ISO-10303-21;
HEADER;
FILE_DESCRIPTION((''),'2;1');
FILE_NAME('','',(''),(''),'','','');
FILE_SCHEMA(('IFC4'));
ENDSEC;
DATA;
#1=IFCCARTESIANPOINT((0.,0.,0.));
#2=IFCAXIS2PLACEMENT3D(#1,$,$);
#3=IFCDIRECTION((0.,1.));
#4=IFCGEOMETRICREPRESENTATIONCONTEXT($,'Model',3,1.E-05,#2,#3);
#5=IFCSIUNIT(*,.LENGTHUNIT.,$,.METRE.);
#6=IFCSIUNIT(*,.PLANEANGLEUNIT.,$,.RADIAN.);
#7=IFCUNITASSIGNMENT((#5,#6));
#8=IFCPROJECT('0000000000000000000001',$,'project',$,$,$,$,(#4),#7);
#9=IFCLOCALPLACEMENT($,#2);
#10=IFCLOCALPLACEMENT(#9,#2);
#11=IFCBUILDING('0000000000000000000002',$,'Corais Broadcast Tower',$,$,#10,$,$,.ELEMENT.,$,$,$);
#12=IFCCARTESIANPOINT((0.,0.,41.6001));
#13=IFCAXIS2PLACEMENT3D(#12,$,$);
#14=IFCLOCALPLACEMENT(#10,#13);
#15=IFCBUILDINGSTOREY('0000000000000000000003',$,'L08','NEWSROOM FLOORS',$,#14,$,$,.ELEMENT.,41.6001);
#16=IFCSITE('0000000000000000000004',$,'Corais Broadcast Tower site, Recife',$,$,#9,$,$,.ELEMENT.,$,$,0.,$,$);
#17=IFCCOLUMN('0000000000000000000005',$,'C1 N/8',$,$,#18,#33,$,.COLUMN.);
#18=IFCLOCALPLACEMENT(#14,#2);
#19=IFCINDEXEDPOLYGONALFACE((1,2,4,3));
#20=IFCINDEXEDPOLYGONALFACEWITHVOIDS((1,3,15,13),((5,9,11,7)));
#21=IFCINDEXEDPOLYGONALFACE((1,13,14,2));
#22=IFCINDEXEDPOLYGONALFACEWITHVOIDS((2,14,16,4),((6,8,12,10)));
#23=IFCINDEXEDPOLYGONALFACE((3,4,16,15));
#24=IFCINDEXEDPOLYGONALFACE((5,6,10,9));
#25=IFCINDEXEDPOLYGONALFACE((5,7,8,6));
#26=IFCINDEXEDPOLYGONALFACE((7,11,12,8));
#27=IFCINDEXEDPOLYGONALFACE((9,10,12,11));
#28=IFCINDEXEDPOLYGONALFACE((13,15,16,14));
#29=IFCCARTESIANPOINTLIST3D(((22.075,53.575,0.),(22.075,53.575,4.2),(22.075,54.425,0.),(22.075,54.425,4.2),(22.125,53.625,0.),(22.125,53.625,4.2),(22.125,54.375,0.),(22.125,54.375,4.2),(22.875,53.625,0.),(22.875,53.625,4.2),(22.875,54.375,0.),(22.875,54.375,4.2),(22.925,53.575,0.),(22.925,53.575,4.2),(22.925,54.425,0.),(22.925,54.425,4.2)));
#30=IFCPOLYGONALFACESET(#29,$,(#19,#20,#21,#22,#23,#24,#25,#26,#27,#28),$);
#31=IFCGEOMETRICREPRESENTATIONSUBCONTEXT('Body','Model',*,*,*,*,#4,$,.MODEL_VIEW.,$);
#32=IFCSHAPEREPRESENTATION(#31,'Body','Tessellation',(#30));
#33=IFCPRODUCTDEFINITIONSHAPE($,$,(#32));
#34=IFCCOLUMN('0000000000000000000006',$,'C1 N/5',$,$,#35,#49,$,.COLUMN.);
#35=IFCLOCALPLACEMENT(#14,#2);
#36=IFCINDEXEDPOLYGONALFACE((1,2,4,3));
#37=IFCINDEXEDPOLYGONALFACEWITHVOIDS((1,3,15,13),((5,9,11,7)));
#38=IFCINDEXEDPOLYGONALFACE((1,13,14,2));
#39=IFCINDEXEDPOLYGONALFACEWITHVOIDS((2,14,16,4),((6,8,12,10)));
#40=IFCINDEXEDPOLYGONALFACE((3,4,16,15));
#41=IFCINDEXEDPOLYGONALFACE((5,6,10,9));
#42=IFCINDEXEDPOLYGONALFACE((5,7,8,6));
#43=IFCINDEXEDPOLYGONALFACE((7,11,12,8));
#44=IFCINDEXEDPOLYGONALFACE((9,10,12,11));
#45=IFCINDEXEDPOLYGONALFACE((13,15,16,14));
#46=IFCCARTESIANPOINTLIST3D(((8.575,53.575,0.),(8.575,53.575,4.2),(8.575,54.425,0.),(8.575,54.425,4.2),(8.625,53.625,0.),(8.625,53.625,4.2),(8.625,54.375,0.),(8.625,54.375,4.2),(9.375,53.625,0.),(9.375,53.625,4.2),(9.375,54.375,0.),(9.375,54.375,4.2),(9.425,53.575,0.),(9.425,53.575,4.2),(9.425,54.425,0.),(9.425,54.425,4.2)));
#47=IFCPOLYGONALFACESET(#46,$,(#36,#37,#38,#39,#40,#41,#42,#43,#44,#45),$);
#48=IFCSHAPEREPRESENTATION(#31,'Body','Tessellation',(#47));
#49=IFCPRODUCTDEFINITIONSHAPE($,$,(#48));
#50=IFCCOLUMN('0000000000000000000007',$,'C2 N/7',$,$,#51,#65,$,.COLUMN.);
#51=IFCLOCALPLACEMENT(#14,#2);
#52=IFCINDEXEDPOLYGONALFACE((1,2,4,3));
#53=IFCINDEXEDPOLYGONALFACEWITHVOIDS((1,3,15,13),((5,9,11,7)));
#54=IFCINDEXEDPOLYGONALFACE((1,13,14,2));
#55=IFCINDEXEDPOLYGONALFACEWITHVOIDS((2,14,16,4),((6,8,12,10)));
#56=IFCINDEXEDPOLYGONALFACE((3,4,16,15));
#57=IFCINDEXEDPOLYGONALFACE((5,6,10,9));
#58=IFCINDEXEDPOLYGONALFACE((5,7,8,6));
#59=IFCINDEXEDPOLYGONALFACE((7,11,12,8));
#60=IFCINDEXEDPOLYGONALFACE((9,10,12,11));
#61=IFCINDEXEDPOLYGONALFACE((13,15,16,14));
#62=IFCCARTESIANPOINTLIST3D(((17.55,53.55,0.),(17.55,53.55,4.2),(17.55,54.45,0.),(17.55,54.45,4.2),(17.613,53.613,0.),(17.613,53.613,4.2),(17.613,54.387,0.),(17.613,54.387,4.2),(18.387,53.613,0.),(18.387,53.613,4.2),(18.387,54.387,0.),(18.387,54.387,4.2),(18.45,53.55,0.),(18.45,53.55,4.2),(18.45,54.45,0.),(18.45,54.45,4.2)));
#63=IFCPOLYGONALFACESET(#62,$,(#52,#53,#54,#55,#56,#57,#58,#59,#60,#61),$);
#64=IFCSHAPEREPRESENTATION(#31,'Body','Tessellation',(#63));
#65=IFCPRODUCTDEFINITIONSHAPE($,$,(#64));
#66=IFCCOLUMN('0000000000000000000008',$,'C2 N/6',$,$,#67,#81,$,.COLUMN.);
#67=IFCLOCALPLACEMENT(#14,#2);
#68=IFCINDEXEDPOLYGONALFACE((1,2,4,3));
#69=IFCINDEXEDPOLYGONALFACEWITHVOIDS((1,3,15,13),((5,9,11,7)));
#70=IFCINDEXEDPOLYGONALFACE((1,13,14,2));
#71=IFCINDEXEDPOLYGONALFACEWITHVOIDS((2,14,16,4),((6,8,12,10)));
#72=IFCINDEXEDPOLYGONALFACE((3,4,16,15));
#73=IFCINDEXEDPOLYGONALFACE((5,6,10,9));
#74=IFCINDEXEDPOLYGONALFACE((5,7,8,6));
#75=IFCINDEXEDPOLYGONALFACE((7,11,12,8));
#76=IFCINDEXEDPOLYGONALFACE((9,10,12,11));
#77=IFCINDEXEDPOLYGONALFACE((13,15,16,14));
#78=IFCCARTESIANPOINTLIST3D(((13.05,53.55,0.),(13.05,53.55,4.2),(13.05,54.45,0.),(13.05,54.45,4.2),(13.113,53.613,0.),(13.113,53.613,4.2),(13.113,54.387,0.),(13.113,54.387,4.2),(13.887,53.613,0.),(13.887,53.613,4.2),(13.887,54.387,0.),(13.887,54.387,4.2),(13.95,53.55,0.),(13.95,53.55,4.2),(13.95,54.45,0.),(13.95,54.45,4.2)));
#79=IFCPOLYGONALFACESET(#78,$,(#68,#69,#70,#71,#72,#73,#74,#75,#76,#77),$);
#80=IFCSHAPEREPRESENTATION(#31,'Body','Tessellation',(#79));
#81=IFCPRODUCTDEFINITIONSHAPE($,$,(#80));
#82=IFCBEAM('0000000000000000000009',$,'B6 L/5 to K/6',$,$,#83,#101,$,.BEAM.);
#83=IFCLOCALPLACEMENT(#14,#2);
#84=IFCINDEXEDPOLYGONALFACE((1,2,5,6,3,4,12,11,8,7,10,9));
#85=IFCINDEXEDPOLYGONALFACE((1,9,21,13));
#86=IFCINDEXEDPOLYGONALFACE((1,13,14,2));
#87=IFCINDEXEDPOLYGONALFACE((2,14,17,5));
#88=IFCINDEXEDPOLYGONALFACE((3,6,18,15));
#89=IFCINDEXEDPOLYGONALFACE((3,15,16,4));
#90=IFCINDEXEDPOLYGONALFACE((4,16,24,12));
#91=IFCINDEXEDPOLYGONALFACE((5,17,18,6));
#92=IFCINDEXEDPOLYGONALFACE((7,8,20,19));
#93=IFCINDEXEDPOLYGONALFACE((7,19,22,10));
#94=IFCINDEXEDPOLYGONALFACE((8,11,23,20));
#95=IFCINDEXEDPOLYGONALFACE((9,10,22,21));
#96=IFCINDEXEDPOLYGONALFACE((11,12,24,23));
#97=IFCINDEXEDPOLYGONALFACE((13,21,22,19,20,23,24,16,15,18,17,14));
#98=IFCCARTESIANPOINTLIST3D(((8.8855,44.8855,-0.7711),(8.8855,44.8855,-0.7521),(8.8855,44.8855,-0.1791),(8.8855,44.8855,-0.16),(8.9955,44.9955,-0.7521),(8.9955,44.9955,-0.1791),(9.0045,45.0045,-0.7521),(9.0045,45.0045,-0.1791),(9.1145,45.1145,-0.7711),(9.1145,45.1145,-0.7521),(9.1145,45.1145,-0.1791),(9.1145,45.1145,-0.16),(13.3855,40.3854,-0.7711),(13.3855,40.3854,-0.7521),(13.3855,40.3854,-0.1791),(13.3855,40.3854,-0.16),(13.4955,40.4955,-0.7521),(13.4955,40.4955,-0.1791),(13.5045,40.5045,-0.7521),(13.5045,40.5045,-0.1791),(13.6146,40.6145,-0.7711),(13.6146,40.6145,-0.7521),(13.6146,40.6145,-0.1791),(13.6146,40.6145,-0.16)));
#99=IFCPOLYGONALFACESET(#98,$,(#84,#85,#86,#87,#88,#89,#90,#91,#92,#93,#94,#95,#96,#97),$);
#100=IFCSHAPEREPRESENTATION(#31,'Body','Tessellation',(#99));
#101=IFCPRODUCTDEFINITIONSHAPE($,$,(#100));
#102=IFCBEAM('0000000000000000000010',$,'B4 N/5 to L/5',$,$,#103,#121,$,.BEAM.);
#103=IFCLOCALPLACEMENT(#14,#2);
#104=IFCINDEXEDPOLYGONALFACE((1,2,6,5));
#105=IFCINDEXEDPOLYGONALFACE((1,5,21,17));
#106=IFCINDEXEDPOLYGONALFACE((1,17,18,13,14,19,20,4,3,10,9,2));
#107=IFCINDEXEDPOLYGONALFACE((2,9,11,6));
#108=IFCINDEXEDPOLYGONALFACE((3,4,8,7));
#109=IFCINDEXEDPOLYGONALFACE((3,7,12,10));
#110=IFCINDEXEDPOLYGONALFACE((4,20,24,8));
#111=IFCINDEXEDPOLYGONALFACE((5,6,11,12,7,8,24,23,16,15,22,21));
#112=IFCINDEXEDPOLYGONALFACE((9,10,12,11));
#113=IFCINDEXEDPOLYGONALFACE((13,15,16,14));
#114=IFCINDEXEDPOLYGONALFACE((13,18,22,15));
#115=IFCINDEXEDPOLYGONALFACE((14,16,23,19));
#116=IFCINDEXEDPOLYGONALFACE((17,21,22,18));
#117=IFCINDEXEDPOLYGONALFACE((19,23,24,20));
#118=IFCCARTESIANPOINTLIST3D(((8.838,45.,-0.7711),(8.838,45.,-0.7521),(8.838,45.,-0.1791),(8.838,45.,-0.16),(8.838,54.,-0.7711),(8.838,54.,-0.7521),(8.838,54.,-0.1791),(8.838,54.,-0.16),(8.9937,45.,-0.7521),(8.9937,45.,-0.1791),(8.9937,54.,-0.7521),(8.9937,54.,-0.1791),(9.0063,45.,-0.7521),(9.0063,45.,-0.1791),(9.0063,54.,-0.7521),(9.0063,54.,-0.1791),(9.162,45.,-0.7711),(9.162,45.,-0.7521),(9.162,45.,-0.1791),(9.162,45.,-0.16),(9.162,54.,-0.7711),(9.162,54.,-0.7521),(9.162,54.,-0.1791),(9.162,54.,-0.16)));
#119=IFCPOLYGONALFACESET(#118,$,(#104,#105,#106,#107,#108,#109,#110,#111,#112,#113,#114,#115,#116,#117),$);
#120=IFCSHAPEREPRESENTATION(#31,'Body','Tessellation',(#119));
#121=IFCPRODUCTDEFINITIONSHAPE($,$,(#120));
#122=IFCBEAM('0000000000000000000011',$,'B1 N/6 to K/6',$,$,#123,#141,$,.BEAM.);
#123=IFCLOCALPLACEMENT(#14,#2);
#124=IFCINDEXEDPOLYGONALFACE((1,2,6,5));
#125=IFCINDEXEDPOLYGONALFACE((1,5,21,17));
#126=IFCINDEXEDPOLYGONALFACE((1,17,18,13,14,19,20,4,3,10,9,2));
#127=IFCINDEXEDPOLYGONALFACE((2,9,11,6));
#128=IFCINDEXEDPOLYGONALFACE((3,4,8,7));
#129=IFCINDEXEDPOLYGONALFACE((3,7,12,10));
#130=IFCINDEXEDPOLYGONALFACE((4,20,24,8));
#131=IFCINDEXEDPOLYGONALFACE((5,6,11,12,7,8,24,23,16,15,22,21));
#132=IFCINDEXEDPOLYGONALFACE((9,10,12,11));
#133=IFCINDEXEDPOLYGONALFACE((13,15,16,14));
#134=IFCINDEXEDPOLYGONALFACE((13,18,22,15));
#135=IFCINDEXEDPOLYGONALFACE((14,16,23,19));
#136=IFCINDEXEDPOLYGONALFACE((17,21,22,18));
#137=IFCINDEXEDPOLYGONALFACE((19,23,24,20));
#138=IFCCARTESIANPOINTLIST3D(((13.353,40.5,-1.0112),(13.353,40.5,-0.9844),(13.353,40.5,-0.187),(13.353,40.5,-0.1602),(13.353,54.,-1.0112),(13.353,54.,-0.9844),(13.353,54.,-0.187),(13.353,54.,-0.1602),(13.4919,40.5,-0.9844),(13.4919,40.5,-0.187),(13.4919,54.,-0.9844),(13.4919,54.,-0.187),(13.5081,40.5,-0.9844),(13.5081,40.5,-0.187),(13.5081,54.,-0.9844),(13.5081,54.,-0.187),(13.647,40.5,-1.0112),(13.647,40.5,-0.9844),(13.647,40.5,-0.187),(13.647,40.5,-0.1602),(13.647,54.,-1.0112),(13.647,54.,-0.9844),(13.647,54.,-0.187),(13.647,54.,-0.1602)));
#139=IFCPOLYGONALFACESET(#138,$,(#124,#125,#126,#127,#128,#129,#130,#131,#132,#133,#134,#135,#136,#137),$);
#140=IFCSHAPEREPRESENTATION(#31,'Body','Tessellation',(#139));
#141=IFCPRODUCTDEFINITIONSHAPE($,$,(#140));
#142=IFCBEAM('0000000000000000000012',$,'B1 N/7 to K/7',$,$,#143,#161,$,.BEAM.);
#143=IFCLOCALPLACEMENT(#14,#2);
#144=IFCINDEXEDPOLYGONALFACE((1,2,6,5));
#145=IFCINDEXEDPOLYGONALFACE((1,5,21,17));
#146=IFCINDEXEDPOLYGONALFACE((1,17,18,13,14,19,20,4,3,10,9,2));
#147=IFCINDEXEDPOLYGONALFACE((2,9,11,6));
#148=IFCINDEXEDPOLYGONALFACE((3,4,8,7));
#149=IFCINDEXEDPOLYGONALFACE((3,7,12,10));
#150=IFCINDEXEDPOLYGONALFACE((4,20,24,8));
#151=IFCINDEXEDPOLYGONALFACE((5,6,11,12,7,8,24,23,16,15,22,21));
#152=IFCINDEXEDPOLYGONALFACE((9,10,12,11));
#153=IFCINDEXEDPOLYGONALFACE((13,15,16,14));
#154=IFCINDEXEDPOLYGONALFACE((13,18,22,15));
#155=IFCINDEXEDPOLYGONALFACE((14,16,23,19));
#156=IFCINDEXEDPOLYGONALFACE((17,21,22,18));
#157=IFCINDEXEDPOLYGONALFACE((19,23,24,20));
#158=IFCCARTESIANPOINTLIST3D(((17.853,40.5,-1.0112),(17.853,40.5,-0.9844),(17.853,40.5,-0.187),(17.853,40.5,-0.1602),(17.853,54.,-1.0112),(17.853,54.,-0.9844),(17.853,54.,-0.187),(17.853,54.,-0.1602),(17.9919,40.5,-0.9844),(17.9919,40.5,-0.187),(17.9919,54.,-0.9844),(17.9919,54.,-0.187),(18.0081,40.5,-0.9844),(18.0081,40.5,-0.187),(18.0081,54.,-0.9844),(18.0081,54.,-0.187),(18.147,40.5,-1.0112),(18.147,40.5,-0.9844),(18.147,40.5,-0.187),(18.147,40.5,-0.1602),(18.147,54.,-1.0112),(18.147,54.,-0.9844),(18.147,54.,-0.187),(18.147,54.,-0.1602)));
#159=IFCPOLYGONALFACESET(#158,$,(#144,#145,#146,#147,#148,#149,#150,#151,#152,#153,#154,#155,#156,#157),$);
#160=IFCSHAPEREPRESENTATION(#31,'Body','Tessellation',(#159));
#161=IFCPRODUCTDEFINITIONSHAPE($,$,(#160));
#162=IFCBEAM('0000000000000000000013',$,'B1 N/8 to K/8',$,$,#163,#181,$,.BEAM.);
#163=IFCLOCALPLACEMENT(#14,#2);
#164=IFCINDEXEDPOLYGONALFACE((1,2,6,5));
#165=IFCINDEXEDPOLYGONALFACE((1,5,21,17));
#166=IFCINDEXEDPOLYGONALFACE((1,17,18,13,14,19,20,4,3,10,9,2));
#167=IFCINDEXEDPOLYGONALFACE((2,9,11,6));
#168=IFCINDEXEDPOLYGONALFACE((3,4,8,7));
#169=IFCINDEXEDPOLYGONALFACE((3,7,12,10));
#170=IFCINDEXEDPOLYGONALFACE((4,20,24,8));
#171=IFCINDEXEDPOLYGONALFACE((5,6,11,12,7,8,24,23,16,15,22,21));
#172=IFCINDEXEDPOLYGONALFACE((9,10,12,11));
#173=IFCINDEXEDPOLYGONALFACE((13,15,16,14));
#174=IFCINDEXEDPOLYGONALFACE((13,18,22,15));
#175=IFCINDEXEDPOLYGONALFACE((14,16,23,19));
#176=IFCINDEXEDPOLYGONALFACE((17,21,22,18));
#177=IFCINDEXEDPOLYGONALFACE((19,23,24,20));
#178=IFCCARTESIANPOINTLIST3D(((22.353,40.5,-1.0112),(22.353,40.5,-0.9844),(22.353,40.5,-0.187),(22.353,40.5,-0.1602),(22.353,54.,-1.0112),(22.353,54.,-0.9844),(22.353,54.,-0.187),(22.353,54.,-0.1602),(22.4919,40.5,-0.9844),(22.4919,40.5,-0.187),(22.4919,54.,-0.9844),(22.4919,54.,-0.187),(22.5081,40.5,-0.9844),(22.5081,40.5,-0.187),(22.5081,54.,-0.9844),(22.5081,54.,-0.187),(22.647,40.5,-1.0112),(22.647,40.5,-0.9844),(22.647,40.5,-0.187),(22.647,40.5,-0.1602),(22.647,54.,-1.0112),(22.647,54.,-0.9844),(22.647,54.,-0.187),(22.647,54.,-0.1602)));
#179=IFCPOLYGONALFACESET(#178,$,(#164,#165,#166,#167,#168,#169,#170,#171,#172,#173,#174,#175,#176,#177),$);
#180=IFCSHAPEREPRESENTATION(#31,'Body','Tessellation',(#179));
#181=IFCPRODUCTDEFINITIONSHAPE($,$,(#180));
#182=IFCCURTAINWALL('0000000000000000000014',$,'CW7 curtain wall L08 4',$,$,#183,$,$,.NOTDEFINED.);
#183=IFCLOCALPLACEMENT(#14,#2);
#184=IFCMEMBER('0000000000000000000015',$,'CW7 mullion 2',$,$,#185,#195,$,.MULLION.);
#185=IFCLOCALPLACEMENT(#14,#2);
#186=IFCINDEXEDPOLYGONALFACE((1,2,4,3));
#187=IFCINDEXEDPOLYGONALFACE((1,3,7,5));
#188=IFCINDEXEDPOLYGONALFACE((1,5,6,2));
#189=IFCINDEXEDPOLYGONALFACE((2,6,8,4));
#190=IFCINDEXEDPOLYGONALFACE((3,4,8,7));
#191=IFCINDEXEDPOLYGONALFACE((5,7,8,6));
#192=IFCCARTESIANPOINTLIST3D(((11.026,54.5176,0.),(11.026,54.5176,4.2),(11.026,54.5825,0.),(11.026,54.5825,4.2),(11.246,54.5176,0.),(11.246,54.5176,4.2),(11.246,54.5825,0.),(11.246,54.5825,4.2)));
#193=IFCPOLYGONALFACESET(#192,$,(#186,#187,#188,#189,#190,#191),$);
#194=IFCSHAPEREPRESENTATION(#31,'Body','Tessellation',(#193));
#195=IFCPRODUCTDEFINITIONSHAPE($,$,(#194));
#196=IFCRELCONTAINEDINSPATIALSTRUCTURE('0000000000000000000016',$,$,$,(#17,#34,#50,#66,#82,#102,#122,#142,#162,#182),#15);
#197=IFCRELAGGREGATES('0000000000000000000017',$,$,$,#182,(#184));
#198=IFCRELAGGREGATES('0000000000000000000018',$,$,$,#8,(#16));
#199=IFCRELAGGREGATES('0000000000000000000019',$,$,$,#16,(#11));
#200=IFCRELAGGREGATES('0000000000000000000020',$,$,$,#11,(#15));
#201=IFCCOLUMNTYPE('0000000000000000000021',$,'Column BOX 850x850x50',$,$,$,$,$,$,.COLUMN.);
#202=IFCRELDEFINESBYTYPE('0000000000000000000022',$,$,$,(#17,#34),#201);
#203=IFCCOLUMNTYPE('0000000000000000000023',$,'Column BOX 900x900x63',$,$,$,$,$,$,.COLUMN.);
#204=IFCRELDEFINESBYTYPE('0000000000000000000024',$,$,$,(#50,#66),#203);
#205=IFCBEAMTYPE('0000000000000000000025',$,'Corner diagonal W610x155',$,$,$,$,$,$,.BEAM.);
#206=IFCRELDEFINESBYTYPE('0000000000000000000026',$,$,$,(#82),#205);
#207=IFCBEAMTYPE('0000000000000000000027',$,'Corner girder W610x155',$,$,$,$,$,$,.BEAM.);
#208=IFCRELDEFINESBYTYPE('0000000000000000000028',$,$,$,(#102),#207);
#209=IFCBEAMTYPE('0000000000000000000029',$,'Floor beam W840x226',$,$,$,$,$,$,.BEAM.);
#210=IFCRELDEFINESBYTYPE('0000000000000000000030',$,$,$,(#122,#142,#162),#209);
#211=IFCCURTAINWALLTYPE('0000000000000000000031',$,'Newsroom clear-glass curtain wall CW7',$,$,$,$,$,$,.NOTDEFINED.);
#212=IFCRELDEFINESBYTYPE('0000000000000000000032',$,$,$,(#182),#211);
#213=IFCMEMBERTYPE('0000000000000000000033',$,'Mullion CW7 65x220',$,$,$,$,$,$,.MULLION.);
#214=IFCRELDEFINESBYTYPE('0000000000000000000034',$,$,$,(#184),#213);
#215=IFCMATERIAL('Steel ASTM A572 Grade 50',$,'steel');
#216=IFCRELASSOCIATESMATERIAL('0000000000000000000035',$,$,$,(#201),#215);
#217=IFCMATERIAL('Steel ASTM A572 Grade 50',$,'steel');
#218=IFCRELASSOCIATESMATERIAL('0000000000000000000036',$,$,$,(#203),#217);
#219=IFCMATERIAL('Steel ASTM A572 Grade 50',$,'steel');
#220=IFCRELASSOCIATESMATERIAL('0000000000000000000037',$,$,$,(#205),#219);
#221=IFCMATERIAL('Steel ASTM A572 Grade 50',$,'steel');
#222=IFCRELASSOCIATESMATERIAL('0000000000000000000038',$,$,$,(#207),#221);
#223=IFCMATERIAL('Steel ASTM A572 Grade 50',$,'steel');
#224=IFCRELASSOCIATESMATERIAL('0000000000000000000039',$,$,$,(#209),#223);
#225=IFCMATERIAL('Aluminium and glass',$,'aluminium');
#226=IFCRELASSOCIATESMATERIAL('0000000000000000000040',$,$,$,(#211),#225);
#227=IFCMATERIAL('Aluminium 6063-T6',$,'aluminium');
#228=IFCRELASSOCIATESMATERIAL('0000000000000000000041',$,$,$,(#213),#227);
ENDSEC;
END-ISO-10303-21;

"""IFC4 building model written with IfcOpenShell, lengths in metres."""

from ifc_helpers import new_model, si_unit, direction, frame, origin, origin_2d, place, context, subcontext, project, spatial, rectangle, hollow_rectangle, i_section, extrude, material, material_profile, profile_set, type_object, element, aggregate, save


model = new_model("IFC4")

# Units and contexts
model_context = context("Model", 3, precision=1e-05, world=origin(), true_north=direction((0.0, 1.0)))
body_context = subcontext(model_context, "Body", "Model", "MODEL_VIEW")
ifc_project = project(units=[si_unit("LENGTHUNIT", "METRE"), si_unit("PLANEANGLEUNIT", "RADIAN")], contexts=[model_context])

# Site, building, storey
site_placement = place(None, origin())
site = spatial("IfcSite", under=ifc_project, at=site_placement, Name="Corais Broadcast Tower site, Recife", CompositionType="ELEMENT", RefElevation=0.0)
building_placement = place(site_placement, origin())
building = spatial("IfcBuilding", under=site, at=building_placement, Name="Corais Broadcast Tower", CompositionType="ELEMENT")
storey_placement = place(building_placement, frame((0.0, 0.0, 41.6001)))
storey = spatial("IfcBuildingStorey", under=building, at=storey_placement, Name="L08", Description="NEWSROOM FLOORS", CompositionType="ELEMENT", Elevation=41.6001)

# Columns
ifc_material_1 = material(Name="Steel ASTM A572 Grade 50", Category="steel")
ifc_material_profile_1 = material_profile(ifc_material_1, hollow_rectangle(XDim=0.8501, YDim=0.8501, WallThickness=0.05, at=origin_2d()), Name="BOX 850x850x50")
ifc_profile_set_1 = profile_set([ifc_material_profile_1], Name="Steel ASTM A572 Grade 50")
column_type_1 = type_object("IfcColumnType", Name="Column BOX 850x850x50", PredefinedType="COLUMN", material=ifc_profile_set_1)
for number, where, z_axis, x_axis, name in (
    (1, (22.5, 54.0, 0.0), (0.0, 0.0, 1.0), (1.0, 0.0, 0.0), "C1 N/8"),
    (2, (9.0, 54.0, 0.0), (0.0, 0.0, 1.0), (1.0, 0.0, 0.0), "C1 N/5"),
):
    element("IfcColumn", number, at=place(storey_placement, frame(where, z_axis=z_axis, x_axis=x_axis)), inside=storey, type_object=column_type_1, Name=name, PredefinedType="COLUMN", context=body_context, shape_type="SweptSolid", body=[
        extrude(hollow_rectangle(XDim=0.8501, YDim=0.8501, WallThickness=0.05, at=origin_2d()), origin(), (0.0, 0.0, 1.0), 4.2),
    ])
ifc_material_2 = material(Name="Steel ASTM A572 Grade 50", Category="steel")
ifc_material_profile_2 = material_profile(ifc_material_2, hollow_rectangle(XDim=0.8999, YDim=0.8999, WallThickness=0.063, at=origin_2d()), Name="BOX 900x900x63")
ifc_profile_set_2 = profile_set([ifc_material_profile_2], Name="Steel ASTM A572 Grade 50")
column_type_2 = type_object("IfcColumnType", Name="Column BOX 900x900x63", PredefinedType="COLUMN", material=ifc_profile_set_2)
for number, where, z_axis, x_axis, name in (
    (3, (18.0, 54.0, 0.0), (0.0, 0.0, 1.0), (1.0, 0.0, 0.0), "C2 N/7"),
    (4, (13.5, 54.0, 0.0), (0.0, 0.0, 1.0), (1.0, 0.0, 0.0), "C2 N/6"),
):
    element("IfcColumn", number, at=place(storey_placement, frame(where, z_axis=z_axis, x_axis=x_axis)), inside=storey, type_object=column_type_2, Name=name, PredefinedType="COLUMN", context=body_context, shape_type="SweptSolid", body=[
        extrude(hollow_rectangle(XDim=0.8999, YDim=0.8999, WallThickness=0.063, at=origin_2d()), origin(), (0.0, 0.0, 1.0), 4.2),
    ])

# Beams
ifc_material_3 = material(Name="Steel ASTM A572 Grade 50", Category="steel")
ifc_material_profile_3 = material_profile(ifc_material_3, i_section(OverallWidth=0.324, OverallDepth=0.6111, WebThickness=0.0127, FlangeThickness=0.019, at=origin_2d()), Name="W610x155")
ifc_profile_set_3 = profile_set([ifc_material_profile_3], Name="Steel ASTM A572 Grade 50")
beam_type_1 = type_object("IfcBeamType", Name="Corner diagonal W610x155", PredefinedType="BEAM", material=ifc_profile_set_3)
beam_1_placement = place(storey_placement, frame((9.0, 45.0, -0.4656), z_axis=(0.707107, -0.707107, 0.0), x_axis=(0.707107, 0.707107, 0.0)))
element("IfcBeam", 5, at=beam_1_placement, inside=storey, type_object=beam_type_1, Name="B6 L/5 to K/6", PredefinedType="BEAM", context=body_context, shape_type="SweptSolid", body=[
    extrude(i_section(OverallWidth=0.324, OverallDepth=0.6111, WebThickness=0.0127, FlangeThickness=0.019, at=origin_2d()), origin(), (0.0, 0.0, 1.0), 6.364),
])
ifc_material_4 = material(Name="Steel ASTM A572 Grade 50", Category="steel")
ifc_material_profile_4 = material_profile(ifc_material_4, i_section(OverallWidth=0.324, OverallDepth=0.6111, WebThickness=0.0127, FlangeThickness=0.019, at=origin_2d()), Name="W610x155")
ifc_profile_set_4 = profile_set([ifc_material_profile_4], Name="Steel ASTM A572 Grade 50")
beam_type_2 = type_object("IfcBeamType", Name="Corner girder W610x155", PredefinedType="BEAM", material=ifc_profile_set_4)
beam_2_placement = place(storey_placement, frame((9.0, 54.0, -0.4656), z_axis=(0.0, -1.0, 0.0), x_axis=(1.0, 0.0, 0.0)))
element("IfcBeam", 6, at=beam_2_placement, inside=storey, type_object=beam_type_2, Name="B4 N/5 to L/5", PredefinedType="BEAM", context=body_context, shape_type="SweptSolid", body=[
    extrude(i_section(OverallWidth=0.324, OverallDepth=0.6111, WebThickness=0.0127, FlangeThickness=0.019, at=origin_2d()), origin(), (0.0, 0.0, 1.0), 9.0),
])
ifc_material_5 = material(Name="Steel ASTM A572 Grade 50", Category="steel")
ifc_material_profile_5 = material_profile(ifc_material_5, i_section(OverallWidth=0.2939, OverallDepth=0.8511, WebThickness=0.0161, FlangeThickness=0.0269, at=origin_2d()), Name="W840x226")
ifc_profile_set_5 = profile_set([ifc_material_profile_5], Name="Steel ASTM A572 Grade 50")
beam_type_3 = type_object("IfcBeamType", Name="Floor beam W840x226", PredefinedType="BEAM", material=ifc_profile_set_5)
for number, where, z_axis, x_axis, name in (
    (7, (13.5, 54.0, -0.5857), (0.0, -1.0, 0.0), (1.0, 0.0, 0.0), "B1 N/6 to K/6"),
    (8, (18.0, 54.0, -0.5857), (0.0, -1.0, 0.0), (1.0, 0.0, 0.0), "B1 N/7 to K/7"),
    (9, (22.5, 54.0, -0.5857), (0.0, -1.0, 0.0), (1.0, 0.0, 0.0), "B1 N/8 to K/8"),
):
    element("IfcBeam", number, at=place(storey_placement, frame(where, z_axis=z_axis, x_axis=x_axis)), inside=storey, type_object=beam_type_3, Name=name, PredefinedType="BEAM", context=body_context, shape_type="SweptSolid", body=[
        extrude(i_section(OverallWidth=0.2939, OverallDepth=0.8511, WebThickness=0.0161, FlangeThickness=0.0269, at=origin_2d()), origin(), (0.0, 0.0, 1.0), 13.5),
    ])

# Curtain wall, member
ifc_material_6 = material(Name="Aluminium and glass", Category="aluminium")
curtain_wall_type = type_object("IfcCurtainWallType", Name="Newsroom clear-glass curtain wall CW7", PredefinedType="NOTDEFINED", material=ifc_material_6)
curtain_wall_placement = place(storey_placement, origin())
curtain_wall = element("IfcCurtainWall", 10, at=curtain_wall_placement, inside=storey, type_object=curtain_wall_type, Name="CW7 curtain wall L08 4", PredefinedType="NOTDEFINED")
ifc_material_7 = material(Name="Aluminium 6063-T6", Category="aluminium")
ifc_material_profile_6 = material_profile(ifc_material_7, rectangle(XDim=0.0649, YDim=0.22, at=origin_2d()), Name="Mullion CW7 65x220")
ifc_profile_set_6 = profile_set([ifc_material_profile_6], Name="Aluminium 6063-T6")
member_type_1 = type_object("IfcMemberType", Name="Mullion CW7 65x220", PredefinedType="MULLION", material=ifc_profile_set_6)
member_1_placement = place(storey_placement, frame((11.136, 54.55, 0.0), z_axis=(0.0, 0.0, 1.0), x_axis=(0.0, 1.0, 0.0)))
member_1 = element("IfcMember", 11, at=member_1_placement, type_object=member_type_1, Name="CW7 mullion 2", PredefinedType="MULLION", context=body_context, shape_type="SweptSolid", body=[
    extrude(rectangle(XDim=0.0649, YDim=0.22, at=origin_2d()), origin(), (0.0, 0.0, 1.0), 4.2),
])

aggregate(curtain_wall, [member_1])

save(model, "model.ifc")
